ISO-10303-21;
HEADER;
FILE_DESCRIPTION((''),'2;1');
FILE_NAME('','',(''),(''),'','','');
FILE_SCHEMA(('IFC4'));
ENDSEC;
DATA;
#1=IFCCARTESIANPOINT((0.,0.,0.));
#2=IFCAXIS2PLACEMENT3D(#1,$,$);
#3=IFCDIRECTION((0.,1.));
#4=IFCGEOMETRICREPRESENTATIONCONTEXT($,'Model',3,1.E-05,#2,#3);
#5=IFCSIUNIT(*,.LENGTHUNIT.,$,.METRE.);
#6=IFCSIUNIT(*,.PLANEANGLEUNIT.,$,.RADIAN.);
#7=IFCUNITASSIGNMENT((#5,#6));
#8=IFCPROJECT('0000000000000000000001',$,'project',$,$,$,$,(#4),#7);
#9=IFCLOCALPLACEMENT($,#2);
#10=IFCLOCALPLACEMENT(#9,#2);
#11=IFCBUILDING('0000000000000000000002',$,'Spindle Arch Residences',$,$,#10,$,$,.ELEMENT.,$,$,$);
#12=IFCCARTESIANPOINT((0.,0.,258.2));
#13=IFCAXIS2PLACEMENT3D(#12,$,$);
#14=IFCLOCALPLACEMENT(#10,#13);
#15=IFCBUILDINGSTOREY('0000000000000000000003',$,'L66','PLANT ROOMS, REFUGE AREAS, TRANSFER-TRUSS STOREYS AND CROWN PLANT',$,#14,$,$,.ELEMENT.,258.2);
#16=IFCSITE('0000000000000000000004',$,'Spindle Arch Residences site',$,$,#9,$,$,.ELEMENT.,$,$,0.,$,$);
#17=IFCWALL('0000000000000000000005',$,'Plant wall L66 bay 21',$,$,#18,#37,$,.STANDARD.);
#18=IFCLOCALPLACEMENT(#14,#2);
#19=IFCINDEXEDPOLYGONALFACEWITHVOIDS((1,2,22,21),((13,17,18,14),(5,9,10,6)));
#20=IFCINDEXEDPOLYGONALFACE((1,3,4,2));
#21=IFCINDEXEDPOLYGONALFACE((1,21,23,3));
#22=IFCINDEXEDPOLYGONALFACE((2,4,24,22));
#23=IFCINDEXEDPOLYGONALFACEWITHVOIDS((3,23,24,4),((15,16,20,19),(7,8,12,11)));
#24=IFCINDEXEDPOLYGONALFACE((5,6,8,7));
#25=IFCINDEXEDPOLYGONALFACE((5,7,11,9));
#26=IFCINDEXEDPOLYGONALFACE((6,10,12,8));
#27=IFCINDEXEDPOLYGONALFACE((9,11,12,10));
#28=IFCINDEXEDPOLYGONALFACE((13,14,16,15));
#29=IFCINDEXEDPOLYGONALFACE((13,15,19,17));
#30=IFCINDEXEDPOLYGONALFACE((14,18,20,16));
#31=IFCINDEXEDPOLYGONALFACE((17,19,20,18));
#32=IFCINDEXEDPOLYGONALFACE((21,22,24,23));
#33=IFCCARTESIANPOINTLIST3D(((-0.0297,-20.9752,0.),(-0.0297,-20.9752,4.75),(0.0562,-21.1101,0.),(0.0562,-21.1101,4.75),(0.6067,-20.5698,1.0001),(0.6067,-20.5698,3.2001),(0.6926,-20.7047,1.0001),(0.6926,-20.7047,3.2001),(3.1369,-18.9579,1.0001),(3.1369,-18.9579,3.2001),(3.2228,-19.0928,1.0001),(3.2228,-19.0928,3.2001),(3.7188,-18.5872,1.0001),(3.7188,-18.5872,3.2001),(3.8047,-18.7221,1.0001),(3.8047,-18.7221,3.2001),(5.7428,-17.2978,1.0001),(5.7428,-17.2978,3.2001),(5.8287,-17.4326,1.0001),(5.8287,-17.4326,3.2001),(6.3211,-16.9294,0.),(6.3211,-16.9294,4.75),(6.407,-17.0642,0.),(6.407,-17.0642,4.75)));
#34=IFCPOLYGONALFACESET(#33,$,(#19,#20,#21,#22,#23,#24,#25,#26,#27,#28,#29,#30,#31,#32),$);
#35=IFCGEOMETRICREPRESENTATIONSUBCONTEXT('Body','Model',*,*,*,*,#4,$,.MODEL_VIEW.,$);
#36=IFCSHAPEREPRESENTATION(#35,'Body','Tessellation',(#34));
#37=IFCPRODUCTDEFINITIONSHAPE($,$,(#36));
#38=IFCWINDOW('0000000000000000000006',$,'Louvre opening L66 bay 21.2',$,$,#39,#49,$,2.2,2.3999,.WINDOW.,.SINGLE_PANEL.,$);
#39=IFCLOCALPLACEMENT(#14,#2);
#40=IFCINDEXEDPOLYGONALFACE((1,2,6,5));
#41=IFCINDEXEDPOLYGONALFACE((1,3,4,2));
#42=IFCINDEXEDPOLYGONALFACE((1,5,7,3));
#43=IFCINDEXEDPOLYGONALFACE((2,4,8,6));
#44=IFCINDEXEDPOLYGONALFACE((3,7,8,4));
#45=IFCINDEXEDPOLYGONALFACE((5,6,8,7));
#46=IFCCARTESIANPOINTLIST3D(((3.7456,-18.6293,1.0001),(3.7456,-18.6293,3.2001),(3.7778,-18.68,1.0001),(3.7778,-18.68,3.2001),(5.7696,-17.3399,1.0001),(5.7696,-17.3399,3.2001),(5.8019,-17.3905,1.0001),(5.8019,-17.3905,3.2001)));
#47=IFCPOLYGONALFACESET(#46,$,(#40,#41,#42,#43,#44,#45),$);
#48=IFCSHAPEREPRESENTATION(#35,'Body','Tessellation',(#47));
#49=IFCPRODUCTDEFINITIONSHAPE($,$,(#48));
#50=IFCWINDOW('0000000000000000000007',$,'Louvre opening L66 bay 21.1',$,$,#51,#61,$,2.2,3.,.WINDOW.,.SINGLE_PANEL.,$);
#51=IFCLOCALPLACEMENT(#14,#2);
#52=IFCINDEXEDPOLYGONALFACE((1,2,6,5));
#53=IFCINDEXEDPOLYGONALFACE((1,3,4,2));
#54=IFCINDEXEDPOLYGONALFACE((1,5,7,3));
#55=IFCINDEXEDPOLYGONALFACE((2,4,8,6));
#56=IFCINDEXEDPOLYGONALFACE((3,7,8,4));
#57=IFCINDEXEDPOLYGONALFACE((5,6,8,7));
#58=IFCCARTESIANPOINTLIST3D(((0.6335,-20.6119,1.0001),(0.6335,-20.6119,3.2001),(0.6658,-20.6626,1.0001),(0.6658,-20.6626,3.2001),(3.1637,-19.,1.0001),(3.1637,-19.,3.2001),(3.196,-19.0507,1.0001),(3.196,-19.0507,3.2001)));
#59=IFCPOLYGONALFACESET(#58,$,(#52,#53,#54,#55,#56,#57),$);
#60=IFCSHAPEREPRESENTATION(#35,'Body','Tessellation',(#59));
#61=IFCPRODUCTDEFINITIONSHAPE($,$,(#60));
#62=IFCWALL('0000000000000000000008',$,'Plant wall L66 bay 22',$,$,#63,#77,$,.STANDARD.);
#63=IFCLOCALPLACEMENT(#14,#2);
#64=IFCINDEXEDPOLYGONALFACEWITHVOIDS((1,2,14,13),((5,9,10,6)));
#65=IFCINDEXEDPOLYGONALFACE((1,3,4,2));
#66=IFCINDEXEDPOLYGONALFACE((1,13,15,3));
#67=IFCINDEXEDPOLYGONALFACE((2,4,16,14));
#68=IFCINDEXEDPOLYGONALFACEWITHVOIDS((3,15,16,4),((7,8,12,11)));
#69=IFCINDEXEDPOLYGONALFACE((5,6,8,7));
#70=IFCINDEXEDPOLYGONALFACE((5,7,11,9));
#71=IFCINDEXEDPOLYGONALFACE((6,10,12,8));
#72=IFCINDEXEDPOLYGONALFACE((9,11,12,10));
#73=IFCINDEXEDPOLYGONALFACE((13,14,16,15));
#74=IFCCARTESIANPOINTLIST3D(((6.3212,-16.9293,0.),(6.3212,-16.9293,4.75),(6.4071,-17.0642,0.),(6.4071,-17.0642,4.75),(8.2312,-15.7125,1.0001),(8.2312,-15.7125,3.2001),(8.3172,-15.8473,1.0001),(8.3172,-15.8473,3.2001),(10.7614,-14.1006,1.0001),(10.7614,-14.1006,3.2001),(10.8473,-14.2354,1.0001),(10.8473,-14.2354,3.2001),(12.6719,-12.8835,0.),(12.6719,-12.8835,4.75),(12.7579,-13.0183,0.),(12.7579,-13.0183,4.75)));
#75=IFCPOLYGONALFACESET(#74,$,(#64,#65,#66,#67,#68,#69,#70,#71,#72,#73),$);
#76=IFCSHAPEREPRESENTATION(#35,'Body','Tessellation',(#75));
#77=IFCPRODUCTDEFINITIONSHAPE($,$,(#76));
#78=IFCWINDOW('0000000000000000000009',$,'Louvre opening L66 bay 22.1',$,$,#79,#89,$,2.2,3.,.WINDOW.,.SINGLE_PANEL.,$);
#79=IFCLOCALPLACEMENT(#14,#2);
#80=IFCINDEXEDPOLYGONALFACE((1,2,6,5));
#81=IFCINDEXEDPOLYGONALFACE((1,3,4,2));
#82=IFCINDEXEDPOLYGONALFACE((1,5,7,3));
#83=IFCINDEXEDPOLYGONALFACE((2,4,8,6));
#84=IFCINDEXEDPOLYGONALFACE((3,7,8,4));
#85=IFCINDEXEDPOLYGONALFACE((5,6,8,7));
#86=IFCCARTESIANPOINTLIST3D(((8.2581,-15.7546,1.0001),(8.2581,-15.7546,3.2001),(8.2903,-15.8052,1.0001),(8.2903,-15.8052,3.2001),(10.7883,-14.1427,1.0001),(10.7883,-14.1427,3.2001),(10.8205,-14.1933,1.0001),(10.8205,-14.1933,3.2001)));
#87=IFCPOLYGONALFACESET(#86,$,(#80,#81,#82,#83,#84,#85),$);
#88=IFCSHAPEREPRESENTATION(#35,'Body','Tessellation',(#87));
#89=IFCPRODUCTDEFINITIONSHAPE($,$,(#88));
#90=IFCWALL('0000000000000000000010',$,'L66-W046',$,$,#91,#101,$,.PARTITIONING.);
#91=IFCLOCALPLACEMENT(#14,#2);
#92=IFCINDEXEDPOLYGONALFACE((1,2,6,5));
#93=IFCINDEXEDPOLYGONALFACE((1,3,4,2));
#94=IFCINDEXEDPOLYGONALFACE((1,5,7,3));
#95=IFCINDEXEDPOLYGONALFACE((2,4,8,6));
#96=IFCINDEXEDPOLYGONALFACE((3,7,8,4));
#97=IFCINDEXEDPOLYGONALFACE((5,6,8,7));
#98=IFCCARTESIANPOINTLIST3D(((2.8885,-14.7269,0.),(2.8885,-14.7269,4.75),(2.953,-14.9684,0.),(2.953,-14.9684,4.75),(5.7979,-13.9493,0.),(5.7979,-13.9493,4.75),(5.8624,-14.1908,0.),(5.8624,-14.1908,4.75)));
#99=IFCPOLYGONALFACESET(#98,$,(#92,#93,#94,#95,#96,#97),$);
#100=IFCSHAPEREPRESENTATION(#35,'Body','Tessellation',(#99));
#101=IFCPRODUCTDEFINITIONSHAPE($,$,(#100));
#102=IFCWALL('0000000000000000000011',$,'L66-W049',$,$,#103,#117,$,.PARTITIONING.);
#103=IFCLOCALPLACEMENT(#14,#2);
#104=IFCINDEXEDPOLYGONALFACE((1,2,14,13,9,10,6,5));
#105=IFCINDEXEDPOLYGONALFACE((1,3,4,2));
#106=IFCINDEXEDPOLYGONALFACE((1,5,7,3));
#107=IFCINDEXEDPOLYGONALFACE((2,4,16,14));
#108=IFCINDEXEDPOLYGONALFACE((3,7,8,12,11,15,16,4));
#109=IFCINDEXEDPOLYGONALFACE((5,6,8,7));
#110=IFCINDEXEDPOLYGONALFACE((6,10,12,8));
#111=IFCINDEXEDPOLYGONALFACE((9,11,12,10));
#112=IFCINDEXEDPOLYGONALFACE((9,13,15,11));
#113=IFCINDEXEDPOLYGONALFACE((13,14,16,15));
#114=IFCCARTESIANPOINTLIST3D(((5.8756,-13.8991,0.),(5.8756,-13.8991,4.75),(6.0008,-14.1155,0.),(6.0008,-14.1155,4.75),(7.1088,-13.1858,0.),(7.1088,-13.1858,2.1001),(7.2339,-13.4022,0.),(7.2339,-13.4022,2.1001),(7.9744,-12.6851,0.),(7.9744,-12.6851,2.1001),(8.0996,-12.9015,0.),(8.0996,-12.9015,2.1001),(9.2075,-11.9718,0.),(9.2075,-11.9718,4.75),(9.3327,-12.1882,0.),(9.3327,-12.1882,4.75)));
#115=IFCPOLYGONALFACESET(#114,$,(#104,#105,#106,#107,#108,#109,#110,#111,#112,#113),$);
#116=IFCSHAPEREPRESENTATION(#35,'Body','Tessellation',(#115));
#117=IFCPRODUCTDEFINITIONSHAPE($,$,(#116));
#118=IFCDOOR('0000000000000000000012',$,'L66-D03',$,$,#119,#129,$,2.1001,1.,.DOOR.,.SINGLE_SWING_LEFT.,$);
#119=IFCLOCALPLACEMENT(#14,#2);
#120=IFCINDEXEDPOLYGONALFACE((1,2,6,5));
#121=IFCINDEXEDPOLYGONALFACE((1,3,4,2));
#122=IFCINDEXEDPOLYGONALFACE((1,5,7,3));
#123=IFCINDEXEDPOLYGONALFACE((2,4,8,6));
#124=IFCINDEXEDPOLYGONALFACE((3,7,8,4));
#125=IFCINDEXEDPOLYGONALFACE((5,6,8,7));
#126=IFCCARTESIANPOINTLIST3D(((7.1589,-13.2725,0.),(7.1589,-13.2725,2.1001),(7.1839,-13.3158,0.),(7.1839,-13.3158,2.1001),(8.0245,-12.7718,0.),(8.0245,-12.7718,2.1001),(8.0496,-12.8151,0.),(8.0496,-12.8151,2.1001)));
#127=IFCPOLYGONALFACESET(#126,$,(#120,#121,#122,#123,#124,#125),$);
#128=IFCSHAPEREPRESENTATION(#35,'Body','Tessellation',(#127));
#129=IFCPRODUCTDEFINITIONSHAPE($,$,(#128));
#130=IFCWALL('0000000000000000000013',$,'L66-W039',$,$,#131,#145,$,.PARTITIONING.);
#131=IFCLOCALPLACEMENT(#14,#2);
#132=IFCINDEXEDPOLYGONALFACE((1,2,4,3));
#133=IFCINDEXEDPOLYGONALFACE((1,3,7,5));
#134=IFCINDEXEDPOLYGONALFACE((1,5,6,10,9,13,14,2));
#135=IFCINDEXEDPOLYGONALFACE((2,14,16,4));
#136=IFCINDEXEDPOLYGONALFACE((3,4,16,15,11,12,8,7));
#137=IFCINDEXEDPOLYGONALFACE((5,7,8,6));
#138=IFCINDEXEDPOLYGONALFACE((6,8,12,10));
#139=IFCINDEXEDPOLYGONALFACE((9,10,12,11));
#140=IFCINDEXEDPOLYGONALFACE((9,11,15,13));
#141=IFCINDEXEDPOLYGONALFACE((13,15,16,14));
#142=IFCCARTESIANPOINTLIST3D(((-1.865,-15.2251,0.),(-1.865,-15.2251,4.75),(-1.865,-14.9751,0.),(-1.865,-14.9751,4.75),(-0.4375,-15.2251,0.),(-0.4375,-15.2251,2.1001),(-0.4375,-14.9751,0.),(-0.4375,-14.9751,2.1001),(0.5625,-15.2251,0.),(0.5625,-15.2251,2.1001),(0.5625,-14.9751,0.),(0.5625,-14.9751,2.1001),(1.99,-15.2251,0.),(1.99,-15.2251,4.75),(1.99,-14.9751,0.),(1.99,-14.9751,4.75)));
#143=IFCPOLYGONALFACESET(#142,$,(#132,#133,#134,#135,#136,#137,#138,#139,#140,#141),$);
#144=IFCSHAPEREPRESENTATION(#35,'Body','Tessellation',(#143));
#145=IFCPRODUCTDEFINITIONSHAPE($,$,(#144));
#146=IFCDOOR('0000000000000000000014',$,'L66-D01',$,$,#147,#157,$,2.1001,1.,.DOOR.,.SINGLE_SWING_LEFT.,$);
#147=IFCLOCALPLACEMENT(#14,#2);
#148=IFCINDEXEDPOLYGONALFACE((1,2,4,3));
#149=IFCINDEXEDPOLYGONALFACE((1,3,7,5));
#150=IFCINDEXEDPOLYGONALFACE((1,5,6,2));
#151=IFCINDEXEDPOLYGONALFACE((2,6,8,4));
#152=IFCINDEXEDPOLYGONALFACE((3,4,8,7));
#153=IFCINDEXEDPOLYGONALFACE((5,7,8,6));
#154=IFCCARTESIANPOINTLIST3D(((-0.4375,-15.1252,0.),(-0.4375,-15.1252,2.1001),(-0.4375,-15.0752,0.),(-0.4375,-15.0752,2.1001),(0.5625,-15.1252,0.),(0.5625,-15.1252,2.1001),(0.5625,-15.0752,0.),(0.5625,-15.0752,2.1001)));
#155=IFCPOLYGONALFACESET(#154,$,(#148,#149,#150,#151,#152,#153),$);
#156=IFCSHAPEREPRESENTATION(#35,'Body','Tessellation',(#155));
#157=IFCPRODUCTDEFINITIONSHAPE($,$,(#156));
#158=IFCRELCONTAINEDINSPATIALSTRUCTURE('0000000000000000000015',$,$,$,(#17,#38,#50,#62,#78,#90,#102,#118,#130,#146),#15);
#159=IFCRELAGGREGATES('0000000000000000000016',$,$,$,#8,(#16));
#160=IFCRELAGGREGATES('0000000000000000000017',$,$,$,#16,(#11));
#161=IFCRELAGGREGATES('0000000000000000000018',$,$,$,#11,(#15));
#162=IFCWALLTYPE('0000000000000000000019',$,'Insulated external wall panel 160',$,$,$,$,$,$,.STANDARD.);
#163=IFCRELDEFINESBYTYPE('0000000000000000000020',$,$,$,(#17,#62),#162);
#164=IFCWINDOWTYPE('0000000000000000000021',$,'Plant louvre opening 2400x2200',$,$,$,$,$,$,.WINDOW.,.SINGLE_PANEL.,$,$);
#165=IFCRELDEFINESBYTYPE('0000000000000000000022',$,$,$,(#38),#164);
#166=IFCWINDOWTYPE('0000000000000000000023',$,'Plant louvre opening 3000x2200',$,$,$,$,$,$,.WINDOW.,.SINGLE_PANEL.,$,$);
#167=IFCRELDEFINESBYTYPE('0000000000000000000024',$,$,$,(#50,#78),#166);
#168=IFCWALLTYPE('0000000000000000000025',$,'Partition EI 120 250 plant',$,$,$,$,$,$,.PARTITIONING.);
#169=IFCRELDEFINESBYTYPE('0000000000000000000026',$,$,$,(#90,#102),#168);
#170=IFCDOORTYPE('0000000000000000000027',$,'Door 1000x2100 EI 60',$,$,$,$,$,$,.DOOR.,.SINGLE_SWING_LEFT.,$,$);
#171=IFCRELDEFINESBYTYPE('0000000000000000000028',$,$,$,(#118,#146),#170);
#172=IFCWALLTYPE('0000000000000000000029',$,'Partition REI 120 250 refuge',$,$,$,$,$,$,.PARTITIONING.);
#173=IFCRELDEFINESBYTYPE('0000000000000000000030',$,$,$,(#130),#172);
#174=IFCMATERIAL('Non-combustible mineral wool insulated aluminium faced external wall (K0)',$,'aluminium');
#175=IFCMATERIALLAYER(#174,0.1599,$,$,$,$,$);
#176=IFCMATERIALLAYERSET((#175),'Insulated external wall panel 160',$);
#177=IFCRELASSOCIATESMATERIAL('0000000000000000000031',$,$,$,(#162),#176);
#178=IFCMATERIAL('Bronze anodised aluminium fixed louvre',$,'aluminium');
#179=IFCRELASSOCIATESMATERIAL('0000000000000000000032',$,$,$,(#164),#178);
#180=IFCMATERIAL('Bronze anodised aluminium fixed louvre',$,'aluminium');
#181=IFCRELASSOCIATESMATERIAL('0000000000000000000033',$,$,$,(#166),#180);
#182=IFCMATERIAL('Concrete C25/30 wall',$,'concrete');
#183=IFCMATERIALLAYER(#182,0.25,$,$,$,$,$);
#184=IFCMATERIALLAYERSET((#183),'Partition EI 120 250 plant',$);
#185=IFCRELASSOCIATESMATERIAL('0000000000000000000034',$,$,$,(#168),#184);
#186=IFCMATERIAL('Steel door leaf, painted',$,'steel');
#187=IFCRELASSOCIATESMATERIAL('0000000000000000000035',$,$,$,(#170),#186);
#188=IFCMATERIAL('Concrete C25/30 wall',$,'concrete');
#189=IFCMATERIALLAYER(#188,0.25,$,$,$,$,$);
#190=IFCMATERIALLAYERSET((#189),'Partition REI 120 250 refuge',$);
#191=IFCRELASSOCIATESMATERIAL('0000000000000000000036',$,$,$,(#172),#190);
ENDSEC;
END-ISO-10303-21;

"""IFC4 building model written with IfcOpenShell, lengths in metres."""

from ifc_helpers import new_model, si_unit, direction, frame, frame_2d, origin, place, context, subcontext, project, spatial, rectangle, extrude, material, layer, layer_set, type_object, element, fill, save


model = new_model("IFC4")

# Units and contexts
model_context = context("Model", 3, precision=1e-05, world=origin(), true_north=direction((0.0, 1.0)))
body_context = subcontext(model_context, "Body", "Model", "MODEL_VIEW")
ifc_project = project(units=[si_unit("LENGTHUNIT", "METRE"), si_unit("PLANEANGLEUNIT", "RADIAN")], contexts=[model_context])

# Site, building, storey
site_placement = place(None, origin())
site = spatial("IfcSite", under=ifc_project, at=site_placement, Name="Spindle Arch Residences site", CompositionType="ELEMENT", RefElevation=0.0)
building_placement = place(site_placement, origin())
building = spatial("IfcBuilding", under=site, at=building_placement, Name="Spindle Arch Residences", CompositionType="ELEMENT")
storey_placement = place(building_placement, frame((0.0, 0.0, 258.2)))
storey = spatial("IfcBuildingStorey", under=building, at=storey_placement, Name="L66", Description="PLANT ROOMS, REFUGE AREAS, TRANSFER-TRUSS STOREYS AND CROWN PLANT", CompositionType="ELEMENT", Elevation=258.2)

# Wall, openings, windows
ifc_material_1 = material(Name="Non-combustible mineral wool insulated aluminium faced external wall (K0)", Category="aluminium")
ifc_layer_1 = layer(ifc_material_1, 0.1599)
ifc_layer_set_1 = layer_set([ifc_layer_1], Name="Insulated external wall panel 160")
wall_type_1 = type_object("IfcWallType", Name="Insulated external wall panel 160", PredefinedType="STANDARD", material=ifc_layer_set_1)
wall_1_placement = place(storey_placement, frame((0.0132, -21.0427, 0.0), z_axis=(0.0, 0.0, 1.0), x_axis=(0.843393, 0.537297, 0.0)))
wall_1 = element("IfcWall", 1, at=wall_1_placement, inside=storey, type_object=wall_type_1, Name="Plant wall L66 bay 21", PredefinedType="STANDARD", context=body_context, shape_type="SweptSolid", body=[
    extrude(rectangle(XDim=7.53, YDim=0.1599, at=frame_2d((3.7651, 0.0))), origin(), (0.0, 0.0, 1.0), 4.75),
])
opening_1_placement = place(wall_1_placement, frame((0.7546, 0.0, 1.0)))
opening_1 = element("IfcOpeningElement", 2, at=opening_1_placement, cuts=wall_1, PredefinedType="OPENING", context=body_context, shape_type="SweptSolid", body=[
    extrude(rectangle(XDim=3.0, YDim=2.2, at=frame_2d((1.5, 1.1001))), frame((0.0, 0.0898, 0.0), z_axis=(0.0, -1.0, 0.0), x_axis=(1.0, 0.0, 0.0)), (0.0, 0.0, 1.0), 0.1799),
])
opening_2_placement = place(wall_1_placement, frame((4.4446, 0.0, 1.0)))
opening_2 = element("IfcOpeningElement", 3, at=opening_2_placement, cuts=wall_1, PredefinedType="OPENING", context=body_context, shape_type="SweptSolid", body=[
    extrude(rectangle(XDim=2.3999, YDim=2.2, at=frame_2d((1.2, 1.1001))), frame((0.0, 0.0898, 0.0), z_axis=(0.0, -1.0, 0.0), x_axis=(1.0, 0.0, 0.0)), (0.0, 0.0, 1.0), 0.1799),
])
ifc_material_2 = material(Name="Bronze anodised aluminium fixed louvre", Category="aluminium")
window_type_1 = type_object("IfcWindowType", Name="Plant louvre opening 2400x2200", PartitioningType="SINGLE_PANEL", PredefinedType="WINDOW", material=ifc_material_2)
window_1_placement = place(opening_2_placement, origin())
window_1 = element("IfcWindow", 4, at=window_1_placement, inside=storey, type_object=window_type_1, Name="Louvre opening L66 bay 21.2", OverallHeight=2.2, OverallWidth=2.3999, PartitioningType="SINGLE_PANEL", PredefinedType="WINDOW", context=body_context, shape_type="SweptSolid", body=[
    extrude(rectangle(XDim=2.3999, YDim=2.2, at=frame_2d((1.2, 1.1001))), frame((0.0, 0.03, 0.0), z_axis=(0.0, -1.0, 0.0), x_axis=(1.0, 0.0, 0.0)), (0.0, 0.0, 1.0), 0.0601),
])
fill(opening_2, window_1)
ifc_material_3 = material(Name="Bronze anodised aluminium fixed louvre", Category="aluminium")
window_type_2 = type_object("IfcWindowType", Name="Plant louvre opening 3000x2200", PartitioningType="SINGLE_PANEL", PredefinedType="WINDOW", material=ifc_material_3)
window_2_placement = place(opening_1_placement, origin())
window_2 = element("IfcWindow", 5, at=window_2_placement, inside=storey, type_object=window_type_2, Name="Louvre opening L66 bay 21.1", OverallHeight=2.2, OverallWidth=3.0, PartitioningType="SINGLE_PANEL", PredefinedType="WINDOW", context=body_context, shape_type="SweptSolid", body=[
    extrude(rectangle(XDim=3.0, YDim=2.2, at=frame_2d((1.5, 1.1001))), frame((0.0, 0.03, 0.0), z_axis=(0.0, -1.0, 0.0), x_axis=(1.0, 0.0, 0.0)), (0.0, 0.0, 1.0), 0.0601),
])
fill(opening_1, window_2)

# Wall, opening, window
wall_2_placement = place(storey_placement, frame((6.364, -16.9968, 0.0), z_axis=(0.0, 0.0, 1.0), x_axis=(0.843393, 0.537297, 0.0)))
wall_2 = element("IfcWall", 6, at=wall_2_placement, inside=storey, type_object=wall_type_1, Name="Plant wall L66 bay 22", PredefinedType="STANDARD", context=body_context, shape_type="SweptSolid", body=[
    extrude(rectangle(XDim=7.53, YDim=0.1599, at=frame_2d((3.7651, 0.0))), origin(), (0.0, 0.0, 1.0), 4.75),
])
opening_3_placement = place(wall_2_placement, frame((2.2649, 0.0, 1.0)))
opening_3 = element("IfcOpeningElement", 7, at=opening_3_placement, cuts=wall_2, PredefinedType="OPENING", context=body_context, shape_type="SweptSolid", body=[
    extrude(rectangle(XDim=3.0, YDim=2.2, at=frame_2d((1.5, 1.1001))), frame((0.0, 0.0898, 0.0), z_axis=(0.0, -1.0, 0.0), x_axis=(1.0, 0.0, 0.0)), (0.0, 0.0, 1.0), 0.1799),
])
window_3_placement = place(opening_3_placement, origin())
window_3 = element("IfcWindow", 8, at=window_3_placement, inside=storey, type_object=window_type_2, Name="Louvre opening L66 bay 22.1", OverallHeight=2.2, OverallWidth=3.0, PartitioningType="SINGLE_PANEL", PredefinedType="WINDOW", context=body_context, shape_type="SweptSolid", body=[
    extrude(rectangle(XDim=3.0, YDim=2.2, at=frame_2d((1.5, 1.1001))), frame((0.0, 0.03, 0.0), z_axis=(0.0, -1.0, 0.0), x_axis=(1.0, 0.0, 0.0)), (0.0, 0.0, 1.0), 0.0601),
])
fill(opening_3, window_3)

# Wall
ifc_material_4 = material(Name="Concrete C25/30 wall", Category="concrete")
ifc_layer_2 = layer(ifc_material_4, 0.25)
ifc_layer_set_2 = layer_set([ifc_layer_2], Name="Partition EI 120 250 plant")
wall_type_2 = type_object("IfcWallType", Name="Partition EI 120 250 plant", PredefinedType="PARTITIONING", material=ifc_layer_set_2)
wall_3_placement = place(storey_placement, frame((2.9207, -14.8477, 0.0), z_axis=(0.0, 0.0, 1.0), x_axis=(0.966091, 0.258203, 0.0)))
element("IfcWall", 9, at=wall_3_placement, inside=storey, type_object=wall_type_2, Name="L66-W046", PredefinedType="PARTITIONING", context=body_context, shape_type="SweptSolid", body=[
    extrude(rectangle(XDim=3.0115, YDim=0.25, at=frame_2d((1.5059, 0.0))), origin(), (0.0, 0.0, 1.0), 4.75),
])

# Walls, openings, doors
wall_4_placement = place(storey_placement, frame((5.9382, -14.0073, 0.0), z_axis=(0.0, 0.0, 1.0), x_axis=(0.865616, 0.500709, 0.0)))
wall_4 = element("IfcWall", 10, at=wall_4_placement, inside=storey, type_object=wall_type_2, Name="L66-W049", PredefinedType="PARTITIONING", context=body_context, shape_type="SweptSolid", body=[
    extrude(rectangle(XDim=3.8491, YDim=0.25, at=frame_2d((1.9246, 0.0))), origin(), (0.0, 0.0, 1.0), 4.75),
])
opening_4_placement = place(wall_4_placement, frame((1.4246, 0.0, 0.0)))
opening_4 = element("IfcOpeningElement", 11, at=opening_4_placement, cuts=wall_4, PredefinedType="OPENING", context=body_context, shape_type="SweptSolid", body=[
    extrude(rectangle(XDim=1.0, YDim=2.1001, at=frame_2d((0.5, 1.05))), frame((0.0, 0.135, 0.0), z_axis=(0.0, -1.0, 0.0), x_axis=(1.0, 0.0, 0.0)), (0.0, 0.0, 1.0), 0.27),
])
ifc_material_5 = material(Name="Steel door leaf, painted", Category="steel")
door_type = type_object("IfcDoorType", Name="Door 1000x2100 EI 60", OperationType="SINGLE_SWING_LEFT", PredefinedType="DOOR", material=ifc_material_5)
door_1_placement = place(opening_4_placement, origin())
door_1 = element("IfcDoor", 12, at=door_1_placement, inside=storey, type_object=door_type, Name="L66-D03", OperationType="SINGLE_SWING_LEFT", OverallHeight=2.1001, OverallWidth=1.0, PredefinedType="DOOR", context=body_context, shape_type="SweptSolid", body=[
    extrude(rectangle(XDim=1.0, YDim=2.1001, at=frame_2d((0.5, 1.05))), frame((0.0, 0.0249, 0.0), z_axis=(0.0, -1.0, 0.0), x_axis=(1.0, 0.0, 0.0)), (0.0, 0.0, 1.0), 0.05),
])
fill(opening_4, door_1)
ifc_material_6 = material(Name="Concrete C25/30 wall", Category="concrete")
ifc_layer_3 = layer(ifc_material_6, 0.25)
ifc_layer_set_3 = layer_set([ifc_layer_3], Name="Partition REI 120 250 refuge")
wall_type_3 = type_object("IfcWallType", Name="Partition REI 120 250 refuge", PredefinedType="PARTITIONING", material=ifc_layer_set_3)
wall_5_placement = place(storey_placement, frame((-1.865, -15.1001, 0.0), z_axis=(0.0, 0.0, 1.0), x_axis=(1.0, 0.0, 0.0)))
wall_5 = element("IfcWall", 13, at=wall_5_placement, inside=storey, type_object=wall_type_3, Name="L66-W039", PredefinedType="PARTITIONING", context=body_context, shape_type="SweptSolid", body=[
    extrude(rectangle(XDim=3.855, YDim=0.25, at=frame_2d((1.9275, 0.0))), origin(), (0.0, 0.0, 1.0), 4.75),
])
opening_5_placement = place(wall_5_placement, frame((1.4275, 0.0, 0.0)))
opening_5 = element("IfcOpeningElement", 14, at=opening_5_placement, cuts=wall_5, PredefinedType="OPENING", context=body_context, shape_type="SweptSolid", body=[
    extrude(rectangle(XDim=1.0, YDim=2.1001, at=frame_2d((0.5, 1.05))), frame((0.0, 0.135, 0.0), z_axis=(0.0, -1.0, 0.0), x_axis=(1.0, 0.0, 0.0)), (0.0, 0.0, 1.0), 0.27),
])
door_2_placement = place(opening_5_placement, origin())
door_2 = element("IfcDoor", 15, at=door_2_placement, inside=storey, type_object=door_type, Name="L66-D01", OperationType="SINGLE_SWING_LEFT", OverallHeight=2.1001, OverallWidth=1.0, PredefinedType="DOOR", context=body_context, shape_type="SweptSolid", body=[
    extrude(rectangle(XDim=1.0, YDim=2.1001, at=frame_2d((0.5, 1.05))), frame((0.0, 0.0249, 0.0), z_axis=(0.0, -1.0, 0.0), x_axis=(1.0, 0.0, 0.0)), (0.0, 0.0, 1.0), 0.05),
])
fill(opening_5, door_2)

save(model, "model.ifc")
